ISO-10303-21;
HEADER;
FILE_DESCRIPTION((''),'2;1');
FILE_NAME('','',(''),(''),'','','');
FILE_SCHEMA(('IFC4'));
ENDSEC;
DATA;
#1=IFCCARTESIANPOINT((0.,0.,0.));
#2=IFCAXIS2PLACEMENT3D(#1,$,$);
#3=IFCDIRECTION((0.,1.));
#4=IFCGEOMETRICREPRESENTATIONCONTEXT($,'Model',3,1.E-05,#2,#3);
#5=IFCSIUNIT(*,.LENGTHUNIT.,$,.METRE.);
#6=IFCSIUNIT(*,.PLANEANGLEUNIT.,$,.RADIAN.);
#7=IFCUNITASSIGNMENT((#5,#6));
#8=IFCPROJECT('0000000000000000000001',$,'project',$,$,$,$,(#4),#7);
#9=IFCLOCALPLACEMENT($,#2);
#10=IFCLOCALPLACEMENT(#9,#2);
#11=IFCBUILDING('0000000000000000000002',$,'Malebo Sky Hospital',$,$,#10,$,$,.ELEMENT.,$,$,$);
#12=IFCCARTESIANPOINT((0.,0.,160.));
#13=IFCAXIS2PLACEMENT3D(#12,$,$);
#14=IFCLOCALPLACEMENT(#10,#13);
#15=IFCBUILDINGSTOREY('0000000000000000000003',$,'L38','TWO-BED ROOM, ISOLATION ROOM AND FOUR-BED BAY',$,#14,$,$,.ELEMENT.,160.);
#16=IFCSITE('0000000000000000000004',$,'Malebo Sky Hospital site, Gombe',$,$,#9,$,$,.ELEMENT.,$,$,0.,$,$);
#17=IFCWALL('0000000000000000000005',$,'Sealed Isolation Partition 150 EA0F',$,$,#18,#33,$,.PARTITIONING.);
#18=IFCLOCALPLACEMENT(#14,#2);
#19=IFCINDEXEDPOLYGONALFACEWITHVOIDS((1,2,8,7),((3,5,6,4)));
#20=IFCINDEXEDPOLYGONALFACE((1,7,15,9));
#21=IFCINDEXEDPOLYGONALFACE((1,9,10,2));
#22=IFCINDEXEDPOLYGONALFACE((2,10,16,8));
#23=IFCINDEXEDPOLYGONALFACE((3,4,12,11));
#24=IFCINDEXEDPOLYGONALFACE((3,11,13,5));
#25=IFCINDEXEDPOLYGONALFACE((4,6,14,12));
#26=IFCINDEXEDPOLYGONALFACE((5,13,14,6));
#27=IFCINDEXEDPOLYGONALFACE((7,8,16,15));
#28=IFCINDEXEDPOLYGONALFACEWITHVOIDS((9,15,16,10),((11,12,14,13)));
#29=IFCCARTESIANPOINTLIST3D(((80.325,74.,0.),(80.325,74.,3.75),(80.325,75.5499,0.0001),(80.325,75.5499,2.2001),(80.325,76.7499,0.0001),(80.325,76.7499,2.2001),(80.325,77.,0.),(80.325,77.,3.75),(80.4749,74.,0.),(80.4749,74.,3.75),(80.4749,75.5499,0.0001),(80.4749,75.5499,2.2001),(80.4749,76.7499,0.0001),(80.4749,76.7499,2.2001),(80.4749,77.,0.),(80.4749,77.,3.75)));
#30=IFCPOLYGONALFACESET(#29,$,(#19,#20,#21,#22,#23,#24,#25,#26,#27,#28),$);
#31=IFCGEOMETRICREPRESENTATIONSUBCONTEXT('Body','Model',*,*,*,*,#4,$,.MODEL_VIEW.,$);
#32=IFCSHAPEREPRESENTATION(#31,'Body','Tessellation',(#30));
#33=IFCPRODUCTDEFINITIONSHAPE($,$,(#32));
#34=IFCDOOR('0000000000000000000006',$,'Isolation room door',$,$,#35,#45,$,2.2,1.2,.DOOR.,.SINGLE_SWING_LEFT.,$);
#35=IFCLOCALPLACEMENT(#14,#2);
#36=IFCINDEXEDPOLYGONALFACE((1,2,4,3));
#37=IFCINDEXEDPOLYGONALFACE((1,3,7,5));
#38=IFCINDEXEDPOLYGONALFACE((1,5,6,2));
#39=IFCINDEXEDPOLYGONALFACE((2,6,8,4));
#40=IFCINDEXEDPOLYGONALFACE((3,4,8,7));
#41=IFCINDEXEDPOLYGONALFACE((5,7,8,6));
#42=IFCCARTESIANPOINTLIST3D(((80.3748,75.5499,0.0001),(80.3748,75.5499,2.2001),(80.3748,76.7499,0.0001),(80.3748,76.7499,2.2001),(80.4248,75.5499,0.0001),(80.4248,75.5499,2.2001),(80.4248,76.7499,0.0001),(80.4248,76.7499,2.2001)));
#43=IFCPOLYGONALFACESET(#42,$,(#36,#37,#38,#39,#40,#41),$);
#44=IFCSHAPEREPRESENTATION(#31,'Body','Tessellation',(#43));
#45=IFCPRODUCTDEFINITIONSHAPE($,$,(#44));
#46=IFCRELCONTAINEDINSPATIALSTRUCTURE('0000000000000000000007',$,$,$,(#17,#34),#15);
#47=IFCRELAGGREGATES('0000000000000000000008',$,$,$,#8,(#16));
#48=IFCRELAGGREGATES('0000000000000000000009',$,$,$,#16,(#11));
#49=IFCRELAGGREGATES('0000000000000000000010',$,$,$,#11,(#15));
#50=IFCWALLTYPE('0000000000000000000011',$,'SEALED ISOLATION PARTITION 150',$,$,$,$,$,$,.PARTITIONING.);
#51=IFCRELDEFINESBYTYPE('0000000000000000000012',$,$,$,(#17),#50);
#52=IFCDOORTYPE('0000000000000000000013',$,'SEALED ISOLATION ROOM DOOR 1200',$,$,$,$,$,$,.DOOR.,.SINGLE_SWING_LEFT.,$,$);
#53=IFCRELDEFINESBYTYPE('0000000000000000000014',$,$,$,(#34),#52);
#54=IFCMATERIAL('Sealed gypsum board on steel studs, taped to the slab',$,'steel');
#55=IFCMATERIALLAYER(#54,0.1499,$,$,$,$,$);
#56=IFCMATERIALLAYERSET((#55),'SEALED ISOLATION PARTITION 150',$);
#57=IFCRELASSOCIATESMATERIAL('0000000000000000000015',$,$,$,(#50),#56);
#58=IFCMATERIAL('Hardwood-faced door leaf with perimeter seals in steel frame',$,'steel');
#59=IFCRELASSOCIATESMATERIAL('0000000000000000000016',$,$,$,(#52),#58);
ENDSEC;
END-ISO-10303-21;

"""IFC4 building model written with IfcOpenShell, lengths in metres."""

from ifc_helpers import new_model, si_unit, direction, frame, frame_2d, origin, place, context, subcontext, project, spatial, rectangle, extrude, material, layer, layer_set, type_object, element, fill, save


model = new_model("IFC4")

# Units and contexts
model_context = context("Model", 3, precision=1e-05, world=origin(), true_north=direction((0.0, 1.0)))
body_context = subcontext(model_context, "Body", "Model", "MODEL_VIEW")
ifc_project = project(units=[si_unit("LENGTHUNIT", "METRE"), si_unit("PLANEANGLEUNIT", "RADIAN")], contexts=[model_context])

# Site, building, storey
site_placement = place(None, origin())
site = spatial("IfcSite", under=ifc_project, at=site_placement, Name="Malebo Sky Hospital site, Gombe", CompositionType="ELEMENT", RefElevation=0.0)
building_placement = place(site_placement, origin())
building = spatial("IfcBuilding", under=site, at=building_placement, Name="Malebo Sky Hospital", CompositionType="ELEMENT")
storey_placement = place(building_placement, frame((0.0, 0.0, 160.0)))
storey = spatial("IfcBuildingStorey", under=building, at=storey_placement, Name="L38", Description="TWO-BED ROOM, ISOLATION ROOM AND FOUR-BED BAY", CompositionType="ELEMENT", Elevation=160.0)

# Wall, opening, door
ifc_material_1 = material(Name="Sealed gypsum board on steel studs, taped to the slab", Category="steel")
ifc_layer_1 = layer(ifc_material_1, 0.1499)
ifc_layer_set_1 = layer_set([ifc_layer_1], Name="SEALED ISOLATION PARTITION 150")
wall_type_1 = type_object("IfcWallType", Name="SEALED ISOLATION PARTITION 150", PredefinedType="PARTITIONING", material=ifc_layer_set_1)
wall_1_placement = place(storey_placement, frame((80.3999, 77.0, 0.0), z_axis=(0.0, 0.0, 1.0), x_axis=(0.0, -1.0, 0.0)))
wall_1 = element("IfcWall", 1, at=wall_1_placement, inside=storey, type_object=wall_type_1, Name="Sealed Isolation Partition 150 EA0F", PredefinedType="PARTITIONING", context=body_context, shape_type="SweptSolid", body=[
    extrude(rectangle(XDim=3.0, YDim=0.1499, at=frame_2d((1.5, 0.0))), origin(), (0.0, 0.0, 1.0), 3.75),
])
opening_1_placement = place(wall_1_placement, frame((0.25, 0.0, 0.0)))
opening_1 = element("IfcOpeningElement", 2, at=opening_1_placement, cuts=wall_1, PredefinedType="OPENING", context=body_context, shape_type="SweptSolid", body=[
    extrude(rectangle(XDim=1.2, YDim=2.2, at=frame_2d((0.6001, 1.1001))), frame((0.0, 0.085, 0.0), z_axis=(0.0, -1.0, 0.0), x_axis=(1.0, 0.0, 0.0)), (0.0, 0.0, 1.0), 0.1699),
])
ifc_material_2 = material(Name="Hardwood-faced door leaf with perimeter seals in steel frame", Category="steel")
door_type_1 = type_object("IfcDoorType", Name="SEALED ISOLATION ROOM DOOR 1200", OperationType="SINGLE_SWING_LEFT", PredefinedType="DOOR", material=ifc_material_2)
door_1_placement = place(opening_1_placement, origin())
door_1 = element("IfcDoor", 3, at=door_1_placement, inside=storey, type_object=door_type_1, Name="Isolation room door", OperationType="SINGLE_SWING_LEFT", OverallHeight=2.2, OverallWidth=1.2, PredefinedType="DOOR", context=body_context, shape_type="SweptSolid", body=[
    extrude(rectangle(XDim=1.2, YDim=2.2, at=frame_2d((0.6001, 1.1001))), frame((0.0, 0.0249, 0.0), z_axis=(0.0, -1.0, 0.0), x_axis=(1.0, 0.0, 0.0)), (0.0, 0.0, 1.0), 0.05),
])
fill(opening_1, door_1)

save(model, "model.ifc")
